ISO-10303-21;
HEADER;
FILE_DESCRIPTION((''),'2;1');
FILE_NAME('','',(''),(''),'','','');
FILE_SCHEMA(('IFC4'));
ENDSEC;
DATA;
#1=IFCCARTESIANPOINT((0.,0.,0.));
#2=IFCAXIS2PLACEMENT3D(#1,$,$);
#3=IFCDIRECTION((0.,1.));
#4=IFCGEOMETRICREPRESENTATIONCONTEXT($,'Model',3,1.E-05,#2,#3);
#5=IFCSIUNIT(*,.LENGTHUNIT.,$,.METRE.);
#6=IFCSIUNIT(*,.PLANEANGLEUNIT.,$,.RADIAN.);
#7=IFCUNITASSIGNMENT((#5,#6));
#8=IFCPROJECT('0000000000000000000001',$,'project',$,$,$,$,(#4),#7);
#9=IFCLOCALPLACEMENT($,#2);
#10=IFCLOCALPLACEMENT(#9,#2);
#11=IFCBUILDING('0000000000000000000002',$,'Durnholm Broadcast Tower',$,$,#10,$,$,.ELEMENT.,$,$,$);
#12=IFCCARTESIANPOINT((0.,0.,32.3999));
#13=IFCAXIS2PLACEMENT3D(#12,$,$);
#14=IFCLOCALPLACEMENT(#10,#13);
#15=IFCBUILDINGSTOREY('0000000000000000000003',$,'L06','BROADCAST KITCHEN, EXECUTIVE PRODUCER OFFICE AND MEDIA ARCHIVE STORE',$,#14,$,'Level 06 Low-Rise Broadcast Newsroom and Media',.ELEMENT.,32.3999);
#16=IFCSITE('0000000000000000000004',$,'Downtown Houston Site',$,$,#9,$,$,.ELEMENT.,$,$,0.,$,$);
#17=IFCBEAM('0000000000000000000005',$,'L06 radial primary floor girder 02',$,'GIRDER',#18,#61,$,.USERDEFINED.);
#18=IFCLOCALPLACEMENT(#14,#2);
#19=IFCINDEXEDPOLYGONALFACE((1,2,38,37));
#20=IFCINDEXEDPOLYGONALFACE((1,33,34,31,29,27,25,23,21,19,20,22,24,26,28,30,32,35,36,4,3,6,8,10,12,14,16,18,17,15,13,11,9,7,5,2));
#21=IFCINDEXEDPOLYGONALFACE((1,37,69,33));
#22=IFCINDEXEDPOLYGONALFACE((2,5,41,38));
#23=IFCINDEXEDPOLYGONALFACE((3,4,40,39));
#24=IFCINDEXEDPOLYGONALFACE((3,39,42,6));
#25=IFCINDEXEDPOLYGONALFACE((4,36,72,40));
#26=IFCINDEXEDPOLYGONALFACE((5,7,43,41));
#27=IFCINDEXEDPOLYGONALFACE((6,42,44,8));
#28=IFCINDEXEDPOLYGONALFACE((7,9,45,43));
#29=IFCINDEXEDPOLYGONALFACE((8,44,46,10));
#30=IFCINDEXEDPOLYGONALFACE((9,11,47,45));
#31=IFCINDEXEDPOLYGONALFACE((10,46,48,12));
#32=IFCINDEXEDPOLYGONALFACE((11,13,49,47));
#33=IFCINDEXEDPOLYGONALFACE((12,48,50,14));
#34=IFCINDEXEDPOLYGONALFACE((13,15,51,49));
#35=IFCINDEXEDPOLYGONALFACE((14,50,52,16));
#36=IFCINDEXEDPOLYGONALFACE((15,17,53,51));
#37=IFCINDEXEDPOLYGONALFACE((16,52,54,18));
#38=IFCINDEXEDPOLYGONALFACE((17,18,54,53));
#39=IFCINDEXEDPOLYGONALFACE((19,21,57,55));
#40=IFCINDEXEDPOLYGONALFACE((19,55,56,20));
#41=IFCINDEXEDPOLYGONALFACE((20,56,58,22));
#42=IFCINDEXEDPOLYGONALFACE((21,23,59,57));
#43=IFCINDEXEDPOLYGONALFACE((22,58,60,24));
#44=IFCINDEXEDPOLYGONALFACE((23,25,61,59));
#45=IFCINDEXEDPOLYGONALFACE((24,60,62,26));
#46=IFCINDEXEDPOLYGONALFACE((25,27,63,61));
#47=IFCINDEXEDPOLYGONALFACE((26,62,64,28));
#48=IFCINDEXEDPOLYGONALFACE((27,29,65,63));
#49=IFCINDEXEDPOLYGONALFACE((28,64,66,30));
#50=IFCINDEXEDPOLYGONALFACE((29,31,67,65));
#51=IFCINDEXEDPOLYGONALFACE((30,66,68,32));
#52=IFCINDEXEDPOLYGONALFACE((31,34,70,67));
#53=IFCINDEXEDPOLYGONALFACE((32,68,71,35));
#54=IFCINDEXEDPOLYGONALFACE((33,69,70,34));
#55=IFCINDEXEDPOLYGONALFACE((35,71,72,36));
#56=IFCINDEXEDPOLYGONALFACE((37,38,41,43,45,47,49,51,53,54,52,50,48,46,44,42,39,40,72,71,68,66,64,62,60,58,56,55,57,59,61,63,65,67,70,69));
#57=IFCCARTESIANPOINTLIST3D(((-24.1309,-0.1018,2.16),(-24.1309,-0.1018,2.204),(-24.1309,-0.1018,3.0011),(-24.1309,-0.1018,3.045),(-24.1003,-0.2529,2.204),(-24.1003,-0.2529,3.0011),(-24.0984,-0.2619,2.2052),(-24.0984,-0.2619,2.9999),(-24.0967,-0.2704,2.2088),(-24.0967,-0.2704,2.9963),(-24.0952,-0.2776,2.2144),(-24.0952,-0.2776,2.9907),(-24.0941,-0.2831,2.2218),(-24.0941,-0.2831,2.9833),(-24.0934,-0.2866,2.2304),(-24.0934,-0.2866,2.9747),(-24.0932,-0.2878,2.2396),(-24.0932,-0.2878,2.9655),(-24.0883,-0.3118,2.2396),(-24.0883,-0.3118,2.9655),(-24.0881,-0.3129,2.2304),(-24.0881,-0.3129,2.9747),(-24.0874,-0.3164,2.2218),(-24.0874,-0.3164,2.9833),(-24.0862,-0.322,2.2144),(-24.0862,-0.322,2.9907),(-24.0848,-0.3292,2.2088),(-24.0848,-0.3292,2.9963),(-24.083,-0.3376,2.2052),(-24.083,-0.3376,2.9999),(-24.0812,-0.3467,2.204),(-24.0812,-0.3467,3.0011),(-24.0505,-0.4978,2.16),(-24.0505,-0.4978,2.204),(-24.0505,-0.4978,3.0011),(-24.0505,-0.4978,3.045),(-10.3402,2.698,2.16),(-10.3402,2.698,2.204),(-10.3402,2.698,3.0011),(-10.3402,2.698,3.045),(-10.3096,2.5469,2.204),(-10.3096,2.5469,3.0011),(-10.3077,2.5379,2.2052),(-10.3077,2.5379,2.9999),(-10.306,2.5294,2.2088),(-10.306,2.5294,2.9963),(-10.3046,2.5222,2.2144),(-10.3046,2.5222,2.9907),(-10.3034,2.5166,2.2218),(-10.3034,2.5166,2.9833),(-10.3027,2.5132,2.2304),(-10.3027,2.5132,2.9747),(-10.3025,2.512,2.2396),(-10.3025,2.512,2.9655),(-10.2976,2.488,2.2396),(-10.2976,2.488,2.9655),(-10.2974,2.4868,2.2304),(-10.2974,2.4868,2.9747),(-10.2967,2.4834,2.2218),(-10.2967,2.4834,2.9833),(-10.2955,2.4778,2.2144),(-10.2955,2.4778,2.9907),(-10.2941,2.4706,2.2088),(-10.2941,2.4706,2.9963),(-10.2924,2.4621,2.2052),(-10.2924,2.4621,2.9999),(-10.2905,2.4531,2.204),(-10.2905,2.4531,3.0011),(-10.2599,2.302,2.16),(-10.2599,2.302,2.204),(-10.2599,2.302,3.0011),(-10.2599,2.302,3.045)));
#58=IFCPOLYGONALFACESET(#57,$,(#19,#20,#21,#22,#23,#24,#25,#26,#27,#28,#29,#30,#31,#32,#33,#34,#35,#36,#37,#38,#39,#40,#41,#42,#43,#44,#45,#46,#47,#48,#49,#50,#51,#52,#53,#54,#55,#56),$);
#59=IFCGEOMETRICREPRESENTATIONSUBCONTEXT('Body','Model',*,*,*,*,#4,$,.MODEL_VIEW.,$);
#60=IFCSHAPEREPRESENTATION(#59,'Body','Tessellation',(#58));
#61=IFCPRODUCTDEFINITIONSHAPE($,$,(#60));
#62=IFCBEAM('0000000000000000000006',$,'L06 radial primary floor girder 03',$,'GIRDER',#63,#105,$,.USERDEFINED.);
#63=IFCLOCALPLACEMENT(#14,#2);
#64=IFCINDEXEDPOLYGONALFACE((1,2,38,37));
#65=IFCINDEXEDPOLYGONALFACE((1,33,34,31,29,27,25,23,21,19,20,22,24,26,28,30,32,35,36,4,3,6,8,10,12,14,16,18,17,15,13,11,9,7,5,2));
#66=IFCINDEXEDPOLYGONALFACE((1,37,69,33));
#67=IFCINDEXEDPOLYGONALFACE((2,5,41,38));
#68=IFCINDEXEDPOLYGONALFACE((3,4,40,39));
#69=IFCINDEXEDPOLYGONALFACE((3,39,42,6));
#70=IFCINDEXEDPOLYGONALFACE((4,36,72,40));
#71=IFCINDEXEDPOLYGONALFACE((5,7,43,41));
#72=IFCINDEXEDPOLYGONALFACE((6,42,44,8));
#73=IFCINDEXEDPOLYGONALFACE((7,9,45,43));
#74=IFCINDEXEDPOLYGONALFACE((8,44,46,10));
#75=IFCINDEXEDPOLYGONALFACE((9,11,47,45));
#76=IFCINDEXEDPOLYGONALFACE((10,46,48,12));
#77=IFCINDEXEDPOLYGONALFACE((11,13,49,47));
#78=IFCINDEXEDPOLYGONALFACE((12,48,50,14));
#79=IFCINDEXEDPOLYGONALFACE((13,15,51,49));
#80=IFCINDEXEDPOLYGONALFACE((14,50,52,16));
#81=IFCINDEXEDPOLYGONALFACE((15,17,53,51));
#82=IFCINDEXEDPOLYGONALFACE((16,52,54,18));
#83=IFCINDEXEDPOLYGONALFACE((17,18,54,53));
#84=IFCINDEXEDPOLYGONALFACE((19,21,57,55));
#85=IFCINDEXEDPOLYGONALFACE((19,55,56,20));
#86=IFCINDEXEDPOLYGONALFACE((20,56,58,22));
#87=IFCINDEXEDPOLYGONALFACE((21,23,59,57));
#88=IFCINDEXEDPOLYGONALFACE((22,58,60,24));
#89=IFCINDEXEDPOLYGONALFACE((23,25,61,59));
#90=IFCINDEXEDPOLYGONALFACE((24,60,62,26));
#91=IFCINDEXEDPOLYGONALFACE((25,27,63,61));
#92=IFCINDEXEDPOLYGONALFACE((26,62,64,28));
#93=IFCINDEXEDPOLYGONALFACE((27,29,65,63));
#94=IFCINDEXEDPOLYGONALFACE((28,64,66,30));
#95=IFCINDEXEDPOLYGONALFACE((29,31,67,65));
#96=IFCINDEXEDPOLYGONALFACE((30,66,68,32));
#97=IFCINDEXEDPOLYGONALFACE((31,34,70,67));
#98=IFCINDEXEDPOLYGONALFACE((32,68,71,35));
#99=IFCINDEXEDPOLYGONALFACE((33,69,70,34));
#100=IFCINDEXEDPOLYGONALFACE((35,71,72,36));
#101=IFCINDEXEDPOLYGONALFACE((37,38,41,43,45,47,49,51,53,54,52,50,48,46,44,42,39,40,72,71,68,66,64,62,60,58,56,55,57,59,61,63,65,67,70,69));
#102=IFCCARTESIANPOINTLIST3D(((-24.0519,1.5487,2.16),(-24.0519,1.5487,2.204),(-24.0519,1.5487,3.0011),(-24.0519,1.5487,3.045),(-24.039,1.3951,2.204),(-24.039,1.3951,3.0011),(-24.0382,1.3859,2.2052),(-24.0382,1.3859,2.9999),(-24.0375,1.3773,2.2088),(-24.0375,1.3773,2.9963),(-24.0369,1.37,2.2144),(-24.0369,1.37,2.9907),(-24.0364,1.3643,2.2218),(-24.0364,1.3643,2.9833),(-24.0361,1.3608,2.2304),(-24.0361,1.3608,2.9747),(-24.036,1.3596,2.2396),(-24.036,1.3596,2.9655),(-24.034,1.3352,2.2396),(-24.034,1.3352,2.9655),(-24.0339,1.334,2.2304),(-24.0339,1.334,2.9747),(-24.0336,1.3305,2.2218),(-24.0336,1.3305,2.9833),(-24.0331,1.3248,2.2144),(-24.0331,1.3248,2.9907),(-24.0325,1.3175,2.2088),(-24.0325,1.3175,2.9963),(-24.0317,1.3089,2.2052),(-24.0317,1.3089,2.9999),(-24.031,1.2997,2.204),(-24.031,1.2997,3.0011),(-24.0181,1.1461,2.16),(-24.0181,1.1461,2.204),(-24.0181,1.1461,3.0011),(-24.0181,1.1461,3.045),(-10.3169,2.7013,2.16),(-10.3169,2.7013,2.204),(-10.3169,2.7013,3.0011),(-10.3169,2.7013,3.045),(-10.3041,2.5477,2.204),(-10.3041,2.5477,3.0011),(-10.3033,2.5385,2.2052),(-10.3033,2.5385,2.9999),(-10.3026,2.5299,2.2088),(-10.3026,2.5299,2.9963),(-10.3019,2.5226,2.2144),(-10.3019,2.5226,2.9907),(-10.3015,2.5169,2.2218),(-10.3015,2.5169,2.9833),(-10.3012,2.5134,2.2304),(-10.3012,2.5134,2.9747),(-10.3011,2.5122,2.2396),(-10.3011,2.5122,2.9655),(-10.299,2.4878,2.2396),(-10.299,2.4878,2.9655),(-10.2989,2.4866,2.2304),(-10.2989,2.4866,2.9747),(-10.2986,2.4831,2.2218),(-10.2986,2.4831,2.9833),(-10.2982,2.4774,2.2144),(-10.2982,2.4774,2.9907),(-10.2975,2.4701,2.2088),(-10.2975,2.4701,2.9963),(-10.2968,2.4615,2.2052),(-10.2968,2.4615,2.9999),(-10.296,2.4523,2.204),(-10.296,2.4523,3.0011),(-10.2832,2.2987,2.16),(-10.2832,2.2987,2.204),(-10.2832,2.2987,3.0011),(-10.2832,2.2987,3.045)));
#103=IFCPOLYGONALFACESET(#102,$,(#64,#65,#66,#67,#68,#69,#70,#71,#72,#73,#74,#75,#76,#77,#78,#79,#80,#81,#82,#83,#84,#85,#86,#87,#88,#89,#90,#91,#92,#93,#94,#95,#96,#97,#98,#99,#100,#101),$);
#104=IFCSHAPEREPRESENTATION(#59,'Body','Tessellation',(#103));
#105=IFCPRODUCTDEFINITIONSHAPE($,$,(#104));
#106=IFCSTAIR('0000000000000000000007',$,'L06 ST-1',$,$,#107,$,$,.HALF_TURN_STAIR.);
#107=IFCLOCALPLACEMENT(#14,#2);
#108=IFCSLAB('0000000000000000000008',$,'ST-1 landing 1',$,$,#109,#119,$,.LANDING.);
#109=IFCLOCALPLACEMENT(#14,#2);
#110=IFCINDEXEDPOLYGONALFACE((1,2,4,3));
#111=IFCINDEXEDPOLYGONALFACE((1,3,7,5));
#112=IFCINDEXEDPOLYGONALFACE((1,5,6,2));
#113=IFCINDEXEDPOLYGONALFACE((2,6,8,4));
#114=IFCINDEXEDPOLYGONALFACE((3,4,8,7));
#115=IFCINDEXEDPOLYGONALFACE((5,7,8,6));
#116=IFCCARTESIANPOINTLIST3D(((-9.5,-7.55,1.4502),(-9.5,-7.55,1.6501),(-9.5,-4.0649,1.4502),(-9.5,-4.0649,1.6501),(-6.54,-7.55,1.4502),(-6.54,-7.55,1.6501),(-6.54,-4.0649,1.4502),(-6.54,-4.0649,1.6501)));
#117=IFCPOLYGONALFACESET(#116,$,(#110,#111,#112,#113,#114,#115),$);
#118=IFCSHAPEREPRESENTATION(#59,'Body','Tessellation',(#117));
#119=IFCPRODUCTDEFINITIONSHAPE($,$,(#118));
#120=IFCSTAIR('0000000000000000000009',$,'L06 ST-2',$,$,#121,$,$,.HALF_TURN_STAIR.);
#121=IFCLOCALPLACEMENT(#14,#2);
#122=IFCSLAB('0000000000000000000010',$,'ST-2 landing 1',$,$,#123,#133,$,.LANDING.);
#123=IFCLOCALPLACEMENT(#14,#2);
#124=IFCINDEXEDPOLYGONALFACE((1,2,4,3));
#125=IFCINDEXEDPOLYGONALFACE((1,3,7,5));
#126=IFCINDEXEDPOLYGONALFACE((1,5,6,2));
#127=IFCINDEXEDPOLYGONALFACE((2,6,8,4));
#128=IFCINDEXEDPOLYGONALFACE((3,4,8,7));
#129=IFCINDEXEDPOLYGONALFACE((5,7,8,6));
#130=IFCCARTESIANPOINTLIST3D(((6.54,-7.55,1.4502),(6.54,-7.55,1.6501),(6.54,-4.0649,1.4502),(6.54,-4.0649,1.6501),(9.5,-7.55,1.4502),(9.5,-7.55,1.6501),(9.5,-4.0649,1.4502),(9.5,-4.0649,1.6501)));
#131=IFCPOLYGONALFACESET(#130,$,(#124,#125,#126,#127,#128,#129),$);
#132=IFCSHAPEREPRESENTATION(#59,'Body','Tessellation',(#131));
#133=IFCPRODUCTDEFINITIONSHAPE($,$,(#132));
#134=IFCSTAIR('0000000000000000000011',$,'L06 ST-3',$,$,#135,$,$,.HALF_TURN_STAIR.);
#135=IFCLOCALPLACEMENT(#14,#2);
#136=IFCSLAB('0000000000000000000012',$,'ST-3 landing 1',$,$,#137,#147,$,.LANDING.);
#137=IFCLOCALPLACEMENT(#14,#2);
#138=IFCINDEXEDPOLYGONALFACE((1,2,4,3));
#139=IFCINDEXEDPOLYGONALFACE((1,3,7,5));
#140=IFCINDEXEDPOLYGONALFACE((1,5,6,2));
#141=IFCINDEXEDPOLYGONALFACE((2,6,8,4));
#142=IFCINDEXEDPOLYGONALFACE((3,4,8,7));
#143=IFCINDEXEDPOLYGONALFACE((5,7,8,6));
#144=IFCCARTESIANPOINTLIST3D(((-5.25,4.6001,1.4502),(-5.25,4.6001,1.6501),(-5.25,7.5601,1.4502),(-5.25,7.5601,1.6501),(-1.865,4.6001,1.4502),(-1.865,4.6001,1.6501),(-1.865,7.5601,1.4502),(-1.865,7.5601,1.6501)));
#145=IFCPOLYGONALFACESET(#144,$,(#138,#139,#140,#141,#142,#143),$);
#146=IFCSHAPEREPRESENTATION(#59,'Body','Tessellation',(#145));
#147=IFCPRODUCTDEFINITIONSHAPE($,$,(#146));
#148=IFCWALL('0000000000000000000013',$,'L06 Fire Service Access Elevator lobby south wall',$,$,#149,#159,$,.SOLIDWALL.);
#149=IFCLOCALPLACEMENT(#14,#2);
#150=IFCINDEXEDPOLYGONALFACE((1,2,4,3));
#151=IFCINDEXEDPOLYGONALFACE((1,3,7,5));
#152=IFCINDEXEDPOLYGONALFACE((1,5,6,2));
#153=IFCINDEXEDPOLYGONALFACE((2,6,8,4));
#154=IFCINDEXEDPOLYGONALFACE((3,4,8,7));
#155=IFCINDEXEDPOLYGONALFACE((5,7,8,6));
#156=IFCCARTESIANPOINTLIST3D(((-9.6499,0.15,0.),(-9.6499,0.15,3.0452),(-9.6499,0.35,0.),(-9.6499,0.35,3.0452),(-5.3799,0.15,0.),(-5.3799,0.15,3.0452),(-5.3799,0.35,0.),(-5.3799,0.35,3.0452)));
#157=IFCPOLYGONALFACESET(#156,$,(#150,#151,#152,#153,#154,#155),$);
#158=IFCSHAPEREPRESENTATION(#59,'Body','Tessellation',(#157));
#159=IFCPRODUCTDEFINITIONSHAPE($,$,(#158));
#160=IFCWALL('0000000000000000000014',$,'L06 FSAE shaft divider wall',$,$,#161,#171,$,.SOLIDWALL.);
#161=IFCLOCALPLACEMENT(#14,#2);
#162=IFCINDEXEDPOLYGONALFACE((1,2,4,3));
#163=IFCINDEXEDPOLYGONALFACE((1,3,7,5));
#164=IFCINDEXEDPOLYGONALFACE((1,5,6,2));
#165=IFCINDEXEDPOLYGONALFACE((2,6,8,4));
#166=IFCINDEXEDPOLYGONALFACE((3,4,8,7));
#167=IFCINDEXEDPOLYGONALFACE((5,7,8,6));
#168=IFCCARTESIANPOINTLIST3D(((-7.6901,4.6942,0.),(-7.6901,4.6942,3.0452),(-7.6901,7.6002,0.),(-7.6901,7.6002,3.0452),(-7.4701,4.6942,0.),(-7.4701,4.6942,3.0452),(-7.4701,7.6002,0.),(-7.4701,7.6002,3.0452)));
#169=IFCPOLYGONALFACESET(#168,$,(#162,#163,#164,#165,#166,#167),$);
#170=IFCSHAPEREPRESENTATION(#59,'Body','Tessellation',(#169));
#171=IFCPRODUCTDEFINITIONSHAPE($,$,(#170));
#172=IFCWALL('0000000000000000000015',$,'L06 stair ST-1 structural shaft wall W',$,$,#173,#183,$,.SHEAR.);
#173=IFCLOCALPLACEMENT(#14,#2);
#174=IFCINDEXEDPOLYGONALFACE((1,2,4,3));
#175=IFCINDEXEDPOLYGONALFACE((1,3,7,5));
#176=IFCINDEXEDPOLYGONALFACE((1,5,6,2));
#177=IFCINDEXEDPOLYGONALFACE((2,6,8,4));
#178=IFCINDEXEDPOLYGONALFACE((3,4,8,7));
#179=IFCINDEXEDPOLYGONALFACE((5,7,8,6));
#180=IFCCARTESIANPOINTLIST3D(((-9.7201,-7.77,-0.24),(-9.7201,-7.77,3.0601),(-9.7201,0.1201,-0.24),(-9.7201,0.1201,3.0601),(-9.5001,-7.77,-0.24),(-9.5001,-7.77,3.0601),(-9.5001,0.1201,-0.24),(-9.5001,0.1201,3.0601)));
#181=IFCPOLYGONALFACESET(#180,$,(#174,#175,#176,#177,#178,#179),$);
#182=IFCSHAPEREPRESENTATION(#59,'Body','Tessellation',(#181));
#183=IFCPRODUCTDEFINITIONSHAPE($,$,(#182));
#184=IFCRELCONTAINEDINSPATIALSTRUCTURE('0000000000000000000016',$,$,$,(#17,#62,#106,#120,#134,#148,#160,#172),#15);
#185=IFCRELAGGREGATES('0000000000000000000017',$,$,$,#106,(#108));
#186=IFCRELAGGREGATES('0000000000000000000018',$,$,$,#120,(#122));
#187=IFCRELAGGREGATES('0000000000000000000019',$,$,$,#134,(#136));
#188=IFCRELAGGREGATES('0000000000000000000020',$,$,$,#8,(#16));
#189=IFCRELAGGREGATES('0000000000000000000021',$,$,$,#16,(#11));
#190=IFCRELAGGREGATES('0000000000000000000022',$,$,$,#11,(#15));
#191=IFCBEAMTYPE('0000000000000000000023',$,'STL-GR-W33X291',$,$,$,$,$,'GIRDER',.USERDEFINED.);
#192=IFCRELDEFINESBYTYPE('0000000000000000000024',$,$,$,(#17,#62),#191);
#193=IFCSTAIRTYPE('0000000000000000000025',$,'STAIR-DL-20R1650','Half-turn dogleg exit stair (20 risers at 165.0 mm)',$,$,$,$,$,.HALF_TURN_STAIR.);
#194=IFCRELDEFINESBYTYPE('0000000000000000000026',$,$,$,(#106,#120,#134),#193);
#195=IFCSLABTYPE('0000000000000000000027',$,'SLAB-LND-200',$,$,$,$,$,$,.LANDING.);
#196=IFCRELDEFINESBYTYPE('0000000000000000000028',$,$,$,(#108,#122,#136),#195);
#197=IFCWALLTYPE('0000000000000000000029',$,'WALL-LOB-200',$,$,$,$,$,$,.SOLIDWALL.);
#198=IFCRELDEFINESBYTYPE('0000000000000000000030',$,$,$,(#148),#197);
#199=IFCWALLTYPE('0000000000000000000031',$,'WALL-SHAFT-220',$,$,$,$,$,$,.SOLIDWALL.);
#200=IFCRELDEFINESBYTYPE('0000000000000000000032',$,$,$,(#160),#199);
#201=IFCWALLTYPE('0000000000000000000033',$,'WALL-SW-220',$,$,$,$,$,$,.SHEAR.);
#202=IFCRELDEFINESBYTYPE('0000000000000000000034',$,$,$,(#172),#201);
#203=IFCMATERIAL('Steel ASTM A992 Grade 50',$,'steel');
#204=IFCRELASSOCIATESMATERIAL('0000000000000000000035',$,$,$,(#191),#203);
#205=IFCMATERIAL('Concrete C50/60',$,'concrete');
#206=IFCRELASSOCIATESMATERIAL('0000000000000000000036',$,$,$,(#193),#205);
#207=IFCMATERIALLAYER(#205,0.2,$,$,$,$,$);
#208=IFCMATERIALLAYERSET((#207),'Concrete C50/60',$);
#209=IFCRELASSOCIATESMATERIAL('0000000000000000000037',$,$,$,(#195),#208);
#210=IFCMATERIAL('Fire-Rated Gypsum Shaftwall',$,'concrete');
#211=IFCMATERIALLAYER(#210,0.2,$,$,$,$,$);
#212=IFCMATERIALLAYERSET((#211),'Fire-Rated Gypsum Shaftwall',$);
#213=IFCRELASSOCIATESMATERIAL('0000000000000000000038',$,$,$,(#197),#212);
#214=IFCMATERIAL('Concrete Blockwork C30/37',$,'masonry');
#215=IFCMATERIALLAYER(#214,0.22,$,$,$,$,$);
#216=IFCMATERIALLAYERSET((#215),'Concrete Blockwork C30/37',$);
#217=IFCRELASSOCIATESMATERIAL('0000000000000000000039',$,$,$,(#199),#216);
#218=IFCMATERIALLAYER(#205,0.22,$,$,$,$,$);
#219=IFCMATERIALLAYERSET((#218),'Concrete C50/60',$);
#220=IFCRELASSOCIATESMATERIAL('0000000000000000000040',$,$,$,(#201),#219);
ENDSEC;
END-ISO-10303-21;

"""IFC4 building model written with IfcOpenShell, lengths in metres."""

from ifc_helpers import new_model, si_unit, direction, frame, frame_2d, origin, origin_2d, place, context, subcontext, project, spatial, polyline, rectangle, i_section, outline, extrude, source, transform, mapped, material, layer, layer_set, material_profile, profile_set, type_object, type_shapes, element, aggregate, save


model = new_model("IFC4")

# Units and contexts
model_context = context("Model", 3, precision=1e-05, world=origin(), true_north=direction((0.0, 1.0)))
body_context = subcontext(model_context, "Body", "Model", "MODEL_VIEW")
ifc_project = project(units=[si_unit("LENGTHUNIT", "METRE"), si_unit("PLANEANGLEUNIT", "RADIAN")], contexts=[model_context])

# Site, building, storey
site_placement = place(None, origin())
site = spatial("IfcSite", under=ifc_project, at=site_placement, Name="Downtown Houston Site", CompositionType="ELEMENT", RefElevation=0.0)
building_placement = place(site_placement, origin())
building = spatial("IfcBuilding", under=site, at=building_placement, Name="Durnholm Broadcast Tower", CompositionType="ELEMENT")
storey_placement = place(building_placement, frame((0.0, 0.0, 32.3999)))
storey = spatial("IfcBuildingStorey", under=building, at=storey_placement, Name="L06", Description="BROADCAST KITCHEN, EXECUTIVE PRODUCER OFFICE AND MEDIA ARCHIVE STORE", LongName="Level 06 Low-Rise Broadcast Newsroom and Media", CompositionType="ELEMENT", Elevation=32.3999)

# Beams
ifc_material_1 = material(Name="Steel ASTM A992 Grade 50", Category="steel")
ifc_material_profile = material_profile(ifc_material_1, i_section(OverallWidth=0.4041, OverallDepth=0.885, WebThickness=0.0244, FlangeThickness=0.0439, FilletRadius=0.0356, at=origin_2d()), Name="W33X291")
ifc_profile_set = profile_set([ifc_material_profile], Name="Steel ASTM A992 Grade 50")
beam_type = type_object("IfcBeamType", Name="STL-GR-W33X291", ElementType="GIRDER", PredefinedType="USERDEFINED", material=ifc_profile_set)
shared_shape_1 = source(origin(), body_context, "Body", "SweptSolid", [
    extrude(i_section(OverallWidth=0.4041, OverallDepth=0.885, WebThickness=0.0244, FlangeThickness=0.0439, FilletRadius=0.0356, at=origin_2d()), origin(), (0.0, 0.0, 1.0), 14.072),
])
beam_1_placement = place(storey_placement, frame((-10.3, 2.5, 2.6025), z_axis=(-0.980007, -0.198961, 0.0), x_axis=(0.198961, -0.980007, 0.0)))
element("IfcBeam", 1, at=beam_1_placement, inside=storey, type_object=beam_type, Name="L06 radial primary floor girder 02", ObjectType="GIRDER", PredefinedType="USERDEFINED", context=body_context, shape_type="MappedRepresentation", body=[
    mapped(shared_shape_1, transform((0.0, 0.0, 0.0), x_axis=(1.0, 0.0, 0.0), y_axis=(0.0, 1.0, 0.0), z_axis=(0.0, 0.0, 1.0), scale=1.0)),
])
shared_shape_2 = source(origin(), body_context, "Body", "SweptSolid", [
    extrude(i_section(OverallWidth=0.4041, OverallDepth=0.885, WebThickness=0.0244, FlangeThickness=0.0439, FilletRadius=0.0356, at=origin_2d()), origin(), (0.0, 0.0, 1.0), 13.7832),
])
type_shapes(beam_type, [shared_shape_1, shared_shape_2])
beam_2_placement = place(storey_placement, frame((-10.3, 2.5, 2.6025), z_axis=(-0.996497, -0.083623, 0.0), x_axis=(0.083623, -0.996497, 0.0)))
element("IfcBeam", 2, at=beam_2_placement, inside=storey, type_object=beam_type, Name="L06 radial primary floor girder 03", ObjectType="GIRDER", PredefinedType="USERDEFINED", context=body_context, shape_type="MappedRepresentation", body=[
    mapped(shared_shape_2, transform((0.0, 0.0, 0.0), x_axis=(1.0, 0.0, 0.0), y_axis=(0.0, 1.0, 0.0), z_axis=(0.0, 0.0, 1.0), scale=1.0)),
])

# Stairs, slabs
ifc_material_2 = material(Name="Concrete C50/60", Category="concrete")
stair_type = type_object("IfcStairType", Name="STAIR-DL-20R1650", Description="Half-turn dogleg exit stair (20 risers at 165.0 mm)", PredefinedType="HALF_TURN_STAIR", material=ifc_material_2)
stair_1_placement = place(storey_placement, origin())
stair_1 = element("IfcStair", 3, at=stair_1_placement, inside=storey, type_object=stair_type, Name="L06 ST-1", PredefinedType="HALF_TURN_STAIR")
ifc_layer_1 = layer(ifc_material_2, 0.2)
ifc_layer_set_1 = layer_set([ifc_layer_1], Name="Concrete C50/60")
slab_type = type_object("IfcSlabType", Name="SLAB-LND-200", PredefinedType="LANDING", material=ifc_layer_set_1)
slab_1_placement = place(storey_placement, frame((0.0, 0.0, 1.4502)))
slab_1 = element("IfcSlab", 4, at=slab_1_placement, type_object=slab_type, Name="ST-1 landing 1", PredefinedType="LANDING", context=body_context, shape_type="SweptSolid", body=[
    extrude(outline(polyline([(-9.5, -4.0649), (-9.5, -7.55), (-6.54, -7.55), (-6.54, -4.0649), (-9.5, -4.0649)])), origin(), (0.0, 0.0, 1.0), 0.2),
])
aggregate(stair_1, [slab_1])
stair_2_placement = place(storey_placement, origin())
stair_2 = element("IfcStair", 5, at=stair_2_placement, inside=storey, type_object=stair_type, Name="L06 ST-2", PredefinedType="HALF_TURN_STAIR")
slab_2_placement = place(storey_placement, frame((0.0, 0.0, 1.4502)))
slab_2 = element("IfcSlab", 6, at=slab_2_placement, type_object=slab_type, Name="ST-2 landing 1", PredefinedType="LANDING", context=body_context, shape_type="SweptSolid", body=[
    extrude(outline(polyline([(6.54, -4.0649), (6.54, -7.55), (9.5, -7.55), (9.5, -4.0649), (6.54, -4.0649)])), origin(), (0.0, 0.0, 1.0), 0.2),
])
aggregate(stair_2, [slab_2])
stair_3_placement = place(storey_placement, origin())
stair_3 = element("IfcStair", 7, at=stair_3_placement, inside=storey, type_object=stair_type, Name="L06 ST-3", PredefinedType="HALF_TURN_STAIR")
slab_3_placement = place(storey_placement, frame((0.0, 0.0, 1.4502)))
slab_3 = element("IfcSlab", 8, at=slab_3_placement, type_object=slab_type, Name="ST-3 landing 1", PredefinedType="LANDING", context=body_context, shape_type="SweptSolid", body=[
    extrude(outline(polyline([(-1.865, 7.5601), (-5.25, 7.5601), (-5.25, 4.6001), (-1.865, 4.6001), (-1.865, 7.5601)])), origin(), (0.0, 0.0, 1.0), 0.2),
])

# Wall
ifc_material_3 = material(Name="Fire-Rated Gypsum Shaftwall", Category="concrete")
ifc_layer_2 = layer(ifc_material_3, 0.2)
ifc_layer_set_2 = layer_set([ifc_layer_2], Name="Fire-Rated Gypsum Shaftwall")
wall_type_1 = type_object("IfcWallType", Name="WALL-LOB-200", PredefinedType="SOLIDWALL", material=ifc_layer_set_2)
wall_1_placement = place(storey_placement, frame((-9.6499, 0.25, 0.0), z_axis=(0.0, 0.0, 1.0), x_axis=(1.0, 0.0, 0.0)))
element("IfcWall", 9, at=wall_1_placement, inside=storey, type_object=wall_type_1, Name="L06 Fire Service Access Elevator lobby south wall", PredefinedType="SOLIDWALL", context=body_context, shape_type="SweptSolid", body=[
    extrude(rectangle(XDim=4.27, YDim=0.2, at=frame_2d((2.135, 0.0))), origin(), (0.0, 0.0, 1.0), 3.0452),
])

# Shared definitions
ifc_material_4 = material(Name="Concrete Blockwork C30/37", Category="masonry")
ifc_layer_3 = layer(ifc_material_4, 0.22)
ifc_layer_set_3 = layer_set([ifc_layer_3], Name="Concrete Blockwork C30/37")
wall_type_2 = type_object("IfcWallType", Name="WALL-SHAFT-220", PredefinedType="SOLIDWALL", material=ifc_layer_set_3)

# Walls
wall_2_placement = place(storey_placement, frame((-7.5801, 4.6941, 0.0), z_axis=(0.0, 0.0, 1.0), x_axis=(0.0, 1.0, 0.0)))
element("IfcWall", 10, at=wall_2_placement, inside=storey, type_object=wall_type_2, Name="L06 FSAE shaft divider wall", PredefinedType="SOLIDWALL", context=body_context, shape_type="SweptSolid", body=[
    extrude(rectangle(XDim=2.906, YDim=0.22, at=frame_2d((1.4531, 0.0))), origin(), (0.0, 0.0, 1.0), 3.0452),
])
ifc_layer_4 = layer(ifc_material_2, 0.22)
ifc_layer_set_4 = layer_set([ifc_layer_4], Name="Concrete C50/60")
wall_type_3 = type_object("IfcWallType", Name="WALL-SW-220", PredefinedType="SHEAR", material=ifc_layer_set_4)
wall_3_placement = place(storey_placement, frame((-9.6101, 0.1201, -0.24), z_axis=(0.0, 0.0, 1.0), x_axis=(0.0, -1.0, 0.0)))
element("IfcWall", 11, at=wall_3_placement, inside=storey, type_object=wall_type_3, Name="L06 stair ST-1 structural shaft wall W", PredefinedType="SHEAR", context=body_context, shape_type="SweptSolid", body=[
    extrude(rectangle(XDim=7.8901, YDim=0.22, at=frame_2d((3.9451, 0.0))), origin(), (0.0, 0.0, 1.0), 3.3),
])

aggregate(stair_3, [slab_3])

save(model, "model.ifc")
